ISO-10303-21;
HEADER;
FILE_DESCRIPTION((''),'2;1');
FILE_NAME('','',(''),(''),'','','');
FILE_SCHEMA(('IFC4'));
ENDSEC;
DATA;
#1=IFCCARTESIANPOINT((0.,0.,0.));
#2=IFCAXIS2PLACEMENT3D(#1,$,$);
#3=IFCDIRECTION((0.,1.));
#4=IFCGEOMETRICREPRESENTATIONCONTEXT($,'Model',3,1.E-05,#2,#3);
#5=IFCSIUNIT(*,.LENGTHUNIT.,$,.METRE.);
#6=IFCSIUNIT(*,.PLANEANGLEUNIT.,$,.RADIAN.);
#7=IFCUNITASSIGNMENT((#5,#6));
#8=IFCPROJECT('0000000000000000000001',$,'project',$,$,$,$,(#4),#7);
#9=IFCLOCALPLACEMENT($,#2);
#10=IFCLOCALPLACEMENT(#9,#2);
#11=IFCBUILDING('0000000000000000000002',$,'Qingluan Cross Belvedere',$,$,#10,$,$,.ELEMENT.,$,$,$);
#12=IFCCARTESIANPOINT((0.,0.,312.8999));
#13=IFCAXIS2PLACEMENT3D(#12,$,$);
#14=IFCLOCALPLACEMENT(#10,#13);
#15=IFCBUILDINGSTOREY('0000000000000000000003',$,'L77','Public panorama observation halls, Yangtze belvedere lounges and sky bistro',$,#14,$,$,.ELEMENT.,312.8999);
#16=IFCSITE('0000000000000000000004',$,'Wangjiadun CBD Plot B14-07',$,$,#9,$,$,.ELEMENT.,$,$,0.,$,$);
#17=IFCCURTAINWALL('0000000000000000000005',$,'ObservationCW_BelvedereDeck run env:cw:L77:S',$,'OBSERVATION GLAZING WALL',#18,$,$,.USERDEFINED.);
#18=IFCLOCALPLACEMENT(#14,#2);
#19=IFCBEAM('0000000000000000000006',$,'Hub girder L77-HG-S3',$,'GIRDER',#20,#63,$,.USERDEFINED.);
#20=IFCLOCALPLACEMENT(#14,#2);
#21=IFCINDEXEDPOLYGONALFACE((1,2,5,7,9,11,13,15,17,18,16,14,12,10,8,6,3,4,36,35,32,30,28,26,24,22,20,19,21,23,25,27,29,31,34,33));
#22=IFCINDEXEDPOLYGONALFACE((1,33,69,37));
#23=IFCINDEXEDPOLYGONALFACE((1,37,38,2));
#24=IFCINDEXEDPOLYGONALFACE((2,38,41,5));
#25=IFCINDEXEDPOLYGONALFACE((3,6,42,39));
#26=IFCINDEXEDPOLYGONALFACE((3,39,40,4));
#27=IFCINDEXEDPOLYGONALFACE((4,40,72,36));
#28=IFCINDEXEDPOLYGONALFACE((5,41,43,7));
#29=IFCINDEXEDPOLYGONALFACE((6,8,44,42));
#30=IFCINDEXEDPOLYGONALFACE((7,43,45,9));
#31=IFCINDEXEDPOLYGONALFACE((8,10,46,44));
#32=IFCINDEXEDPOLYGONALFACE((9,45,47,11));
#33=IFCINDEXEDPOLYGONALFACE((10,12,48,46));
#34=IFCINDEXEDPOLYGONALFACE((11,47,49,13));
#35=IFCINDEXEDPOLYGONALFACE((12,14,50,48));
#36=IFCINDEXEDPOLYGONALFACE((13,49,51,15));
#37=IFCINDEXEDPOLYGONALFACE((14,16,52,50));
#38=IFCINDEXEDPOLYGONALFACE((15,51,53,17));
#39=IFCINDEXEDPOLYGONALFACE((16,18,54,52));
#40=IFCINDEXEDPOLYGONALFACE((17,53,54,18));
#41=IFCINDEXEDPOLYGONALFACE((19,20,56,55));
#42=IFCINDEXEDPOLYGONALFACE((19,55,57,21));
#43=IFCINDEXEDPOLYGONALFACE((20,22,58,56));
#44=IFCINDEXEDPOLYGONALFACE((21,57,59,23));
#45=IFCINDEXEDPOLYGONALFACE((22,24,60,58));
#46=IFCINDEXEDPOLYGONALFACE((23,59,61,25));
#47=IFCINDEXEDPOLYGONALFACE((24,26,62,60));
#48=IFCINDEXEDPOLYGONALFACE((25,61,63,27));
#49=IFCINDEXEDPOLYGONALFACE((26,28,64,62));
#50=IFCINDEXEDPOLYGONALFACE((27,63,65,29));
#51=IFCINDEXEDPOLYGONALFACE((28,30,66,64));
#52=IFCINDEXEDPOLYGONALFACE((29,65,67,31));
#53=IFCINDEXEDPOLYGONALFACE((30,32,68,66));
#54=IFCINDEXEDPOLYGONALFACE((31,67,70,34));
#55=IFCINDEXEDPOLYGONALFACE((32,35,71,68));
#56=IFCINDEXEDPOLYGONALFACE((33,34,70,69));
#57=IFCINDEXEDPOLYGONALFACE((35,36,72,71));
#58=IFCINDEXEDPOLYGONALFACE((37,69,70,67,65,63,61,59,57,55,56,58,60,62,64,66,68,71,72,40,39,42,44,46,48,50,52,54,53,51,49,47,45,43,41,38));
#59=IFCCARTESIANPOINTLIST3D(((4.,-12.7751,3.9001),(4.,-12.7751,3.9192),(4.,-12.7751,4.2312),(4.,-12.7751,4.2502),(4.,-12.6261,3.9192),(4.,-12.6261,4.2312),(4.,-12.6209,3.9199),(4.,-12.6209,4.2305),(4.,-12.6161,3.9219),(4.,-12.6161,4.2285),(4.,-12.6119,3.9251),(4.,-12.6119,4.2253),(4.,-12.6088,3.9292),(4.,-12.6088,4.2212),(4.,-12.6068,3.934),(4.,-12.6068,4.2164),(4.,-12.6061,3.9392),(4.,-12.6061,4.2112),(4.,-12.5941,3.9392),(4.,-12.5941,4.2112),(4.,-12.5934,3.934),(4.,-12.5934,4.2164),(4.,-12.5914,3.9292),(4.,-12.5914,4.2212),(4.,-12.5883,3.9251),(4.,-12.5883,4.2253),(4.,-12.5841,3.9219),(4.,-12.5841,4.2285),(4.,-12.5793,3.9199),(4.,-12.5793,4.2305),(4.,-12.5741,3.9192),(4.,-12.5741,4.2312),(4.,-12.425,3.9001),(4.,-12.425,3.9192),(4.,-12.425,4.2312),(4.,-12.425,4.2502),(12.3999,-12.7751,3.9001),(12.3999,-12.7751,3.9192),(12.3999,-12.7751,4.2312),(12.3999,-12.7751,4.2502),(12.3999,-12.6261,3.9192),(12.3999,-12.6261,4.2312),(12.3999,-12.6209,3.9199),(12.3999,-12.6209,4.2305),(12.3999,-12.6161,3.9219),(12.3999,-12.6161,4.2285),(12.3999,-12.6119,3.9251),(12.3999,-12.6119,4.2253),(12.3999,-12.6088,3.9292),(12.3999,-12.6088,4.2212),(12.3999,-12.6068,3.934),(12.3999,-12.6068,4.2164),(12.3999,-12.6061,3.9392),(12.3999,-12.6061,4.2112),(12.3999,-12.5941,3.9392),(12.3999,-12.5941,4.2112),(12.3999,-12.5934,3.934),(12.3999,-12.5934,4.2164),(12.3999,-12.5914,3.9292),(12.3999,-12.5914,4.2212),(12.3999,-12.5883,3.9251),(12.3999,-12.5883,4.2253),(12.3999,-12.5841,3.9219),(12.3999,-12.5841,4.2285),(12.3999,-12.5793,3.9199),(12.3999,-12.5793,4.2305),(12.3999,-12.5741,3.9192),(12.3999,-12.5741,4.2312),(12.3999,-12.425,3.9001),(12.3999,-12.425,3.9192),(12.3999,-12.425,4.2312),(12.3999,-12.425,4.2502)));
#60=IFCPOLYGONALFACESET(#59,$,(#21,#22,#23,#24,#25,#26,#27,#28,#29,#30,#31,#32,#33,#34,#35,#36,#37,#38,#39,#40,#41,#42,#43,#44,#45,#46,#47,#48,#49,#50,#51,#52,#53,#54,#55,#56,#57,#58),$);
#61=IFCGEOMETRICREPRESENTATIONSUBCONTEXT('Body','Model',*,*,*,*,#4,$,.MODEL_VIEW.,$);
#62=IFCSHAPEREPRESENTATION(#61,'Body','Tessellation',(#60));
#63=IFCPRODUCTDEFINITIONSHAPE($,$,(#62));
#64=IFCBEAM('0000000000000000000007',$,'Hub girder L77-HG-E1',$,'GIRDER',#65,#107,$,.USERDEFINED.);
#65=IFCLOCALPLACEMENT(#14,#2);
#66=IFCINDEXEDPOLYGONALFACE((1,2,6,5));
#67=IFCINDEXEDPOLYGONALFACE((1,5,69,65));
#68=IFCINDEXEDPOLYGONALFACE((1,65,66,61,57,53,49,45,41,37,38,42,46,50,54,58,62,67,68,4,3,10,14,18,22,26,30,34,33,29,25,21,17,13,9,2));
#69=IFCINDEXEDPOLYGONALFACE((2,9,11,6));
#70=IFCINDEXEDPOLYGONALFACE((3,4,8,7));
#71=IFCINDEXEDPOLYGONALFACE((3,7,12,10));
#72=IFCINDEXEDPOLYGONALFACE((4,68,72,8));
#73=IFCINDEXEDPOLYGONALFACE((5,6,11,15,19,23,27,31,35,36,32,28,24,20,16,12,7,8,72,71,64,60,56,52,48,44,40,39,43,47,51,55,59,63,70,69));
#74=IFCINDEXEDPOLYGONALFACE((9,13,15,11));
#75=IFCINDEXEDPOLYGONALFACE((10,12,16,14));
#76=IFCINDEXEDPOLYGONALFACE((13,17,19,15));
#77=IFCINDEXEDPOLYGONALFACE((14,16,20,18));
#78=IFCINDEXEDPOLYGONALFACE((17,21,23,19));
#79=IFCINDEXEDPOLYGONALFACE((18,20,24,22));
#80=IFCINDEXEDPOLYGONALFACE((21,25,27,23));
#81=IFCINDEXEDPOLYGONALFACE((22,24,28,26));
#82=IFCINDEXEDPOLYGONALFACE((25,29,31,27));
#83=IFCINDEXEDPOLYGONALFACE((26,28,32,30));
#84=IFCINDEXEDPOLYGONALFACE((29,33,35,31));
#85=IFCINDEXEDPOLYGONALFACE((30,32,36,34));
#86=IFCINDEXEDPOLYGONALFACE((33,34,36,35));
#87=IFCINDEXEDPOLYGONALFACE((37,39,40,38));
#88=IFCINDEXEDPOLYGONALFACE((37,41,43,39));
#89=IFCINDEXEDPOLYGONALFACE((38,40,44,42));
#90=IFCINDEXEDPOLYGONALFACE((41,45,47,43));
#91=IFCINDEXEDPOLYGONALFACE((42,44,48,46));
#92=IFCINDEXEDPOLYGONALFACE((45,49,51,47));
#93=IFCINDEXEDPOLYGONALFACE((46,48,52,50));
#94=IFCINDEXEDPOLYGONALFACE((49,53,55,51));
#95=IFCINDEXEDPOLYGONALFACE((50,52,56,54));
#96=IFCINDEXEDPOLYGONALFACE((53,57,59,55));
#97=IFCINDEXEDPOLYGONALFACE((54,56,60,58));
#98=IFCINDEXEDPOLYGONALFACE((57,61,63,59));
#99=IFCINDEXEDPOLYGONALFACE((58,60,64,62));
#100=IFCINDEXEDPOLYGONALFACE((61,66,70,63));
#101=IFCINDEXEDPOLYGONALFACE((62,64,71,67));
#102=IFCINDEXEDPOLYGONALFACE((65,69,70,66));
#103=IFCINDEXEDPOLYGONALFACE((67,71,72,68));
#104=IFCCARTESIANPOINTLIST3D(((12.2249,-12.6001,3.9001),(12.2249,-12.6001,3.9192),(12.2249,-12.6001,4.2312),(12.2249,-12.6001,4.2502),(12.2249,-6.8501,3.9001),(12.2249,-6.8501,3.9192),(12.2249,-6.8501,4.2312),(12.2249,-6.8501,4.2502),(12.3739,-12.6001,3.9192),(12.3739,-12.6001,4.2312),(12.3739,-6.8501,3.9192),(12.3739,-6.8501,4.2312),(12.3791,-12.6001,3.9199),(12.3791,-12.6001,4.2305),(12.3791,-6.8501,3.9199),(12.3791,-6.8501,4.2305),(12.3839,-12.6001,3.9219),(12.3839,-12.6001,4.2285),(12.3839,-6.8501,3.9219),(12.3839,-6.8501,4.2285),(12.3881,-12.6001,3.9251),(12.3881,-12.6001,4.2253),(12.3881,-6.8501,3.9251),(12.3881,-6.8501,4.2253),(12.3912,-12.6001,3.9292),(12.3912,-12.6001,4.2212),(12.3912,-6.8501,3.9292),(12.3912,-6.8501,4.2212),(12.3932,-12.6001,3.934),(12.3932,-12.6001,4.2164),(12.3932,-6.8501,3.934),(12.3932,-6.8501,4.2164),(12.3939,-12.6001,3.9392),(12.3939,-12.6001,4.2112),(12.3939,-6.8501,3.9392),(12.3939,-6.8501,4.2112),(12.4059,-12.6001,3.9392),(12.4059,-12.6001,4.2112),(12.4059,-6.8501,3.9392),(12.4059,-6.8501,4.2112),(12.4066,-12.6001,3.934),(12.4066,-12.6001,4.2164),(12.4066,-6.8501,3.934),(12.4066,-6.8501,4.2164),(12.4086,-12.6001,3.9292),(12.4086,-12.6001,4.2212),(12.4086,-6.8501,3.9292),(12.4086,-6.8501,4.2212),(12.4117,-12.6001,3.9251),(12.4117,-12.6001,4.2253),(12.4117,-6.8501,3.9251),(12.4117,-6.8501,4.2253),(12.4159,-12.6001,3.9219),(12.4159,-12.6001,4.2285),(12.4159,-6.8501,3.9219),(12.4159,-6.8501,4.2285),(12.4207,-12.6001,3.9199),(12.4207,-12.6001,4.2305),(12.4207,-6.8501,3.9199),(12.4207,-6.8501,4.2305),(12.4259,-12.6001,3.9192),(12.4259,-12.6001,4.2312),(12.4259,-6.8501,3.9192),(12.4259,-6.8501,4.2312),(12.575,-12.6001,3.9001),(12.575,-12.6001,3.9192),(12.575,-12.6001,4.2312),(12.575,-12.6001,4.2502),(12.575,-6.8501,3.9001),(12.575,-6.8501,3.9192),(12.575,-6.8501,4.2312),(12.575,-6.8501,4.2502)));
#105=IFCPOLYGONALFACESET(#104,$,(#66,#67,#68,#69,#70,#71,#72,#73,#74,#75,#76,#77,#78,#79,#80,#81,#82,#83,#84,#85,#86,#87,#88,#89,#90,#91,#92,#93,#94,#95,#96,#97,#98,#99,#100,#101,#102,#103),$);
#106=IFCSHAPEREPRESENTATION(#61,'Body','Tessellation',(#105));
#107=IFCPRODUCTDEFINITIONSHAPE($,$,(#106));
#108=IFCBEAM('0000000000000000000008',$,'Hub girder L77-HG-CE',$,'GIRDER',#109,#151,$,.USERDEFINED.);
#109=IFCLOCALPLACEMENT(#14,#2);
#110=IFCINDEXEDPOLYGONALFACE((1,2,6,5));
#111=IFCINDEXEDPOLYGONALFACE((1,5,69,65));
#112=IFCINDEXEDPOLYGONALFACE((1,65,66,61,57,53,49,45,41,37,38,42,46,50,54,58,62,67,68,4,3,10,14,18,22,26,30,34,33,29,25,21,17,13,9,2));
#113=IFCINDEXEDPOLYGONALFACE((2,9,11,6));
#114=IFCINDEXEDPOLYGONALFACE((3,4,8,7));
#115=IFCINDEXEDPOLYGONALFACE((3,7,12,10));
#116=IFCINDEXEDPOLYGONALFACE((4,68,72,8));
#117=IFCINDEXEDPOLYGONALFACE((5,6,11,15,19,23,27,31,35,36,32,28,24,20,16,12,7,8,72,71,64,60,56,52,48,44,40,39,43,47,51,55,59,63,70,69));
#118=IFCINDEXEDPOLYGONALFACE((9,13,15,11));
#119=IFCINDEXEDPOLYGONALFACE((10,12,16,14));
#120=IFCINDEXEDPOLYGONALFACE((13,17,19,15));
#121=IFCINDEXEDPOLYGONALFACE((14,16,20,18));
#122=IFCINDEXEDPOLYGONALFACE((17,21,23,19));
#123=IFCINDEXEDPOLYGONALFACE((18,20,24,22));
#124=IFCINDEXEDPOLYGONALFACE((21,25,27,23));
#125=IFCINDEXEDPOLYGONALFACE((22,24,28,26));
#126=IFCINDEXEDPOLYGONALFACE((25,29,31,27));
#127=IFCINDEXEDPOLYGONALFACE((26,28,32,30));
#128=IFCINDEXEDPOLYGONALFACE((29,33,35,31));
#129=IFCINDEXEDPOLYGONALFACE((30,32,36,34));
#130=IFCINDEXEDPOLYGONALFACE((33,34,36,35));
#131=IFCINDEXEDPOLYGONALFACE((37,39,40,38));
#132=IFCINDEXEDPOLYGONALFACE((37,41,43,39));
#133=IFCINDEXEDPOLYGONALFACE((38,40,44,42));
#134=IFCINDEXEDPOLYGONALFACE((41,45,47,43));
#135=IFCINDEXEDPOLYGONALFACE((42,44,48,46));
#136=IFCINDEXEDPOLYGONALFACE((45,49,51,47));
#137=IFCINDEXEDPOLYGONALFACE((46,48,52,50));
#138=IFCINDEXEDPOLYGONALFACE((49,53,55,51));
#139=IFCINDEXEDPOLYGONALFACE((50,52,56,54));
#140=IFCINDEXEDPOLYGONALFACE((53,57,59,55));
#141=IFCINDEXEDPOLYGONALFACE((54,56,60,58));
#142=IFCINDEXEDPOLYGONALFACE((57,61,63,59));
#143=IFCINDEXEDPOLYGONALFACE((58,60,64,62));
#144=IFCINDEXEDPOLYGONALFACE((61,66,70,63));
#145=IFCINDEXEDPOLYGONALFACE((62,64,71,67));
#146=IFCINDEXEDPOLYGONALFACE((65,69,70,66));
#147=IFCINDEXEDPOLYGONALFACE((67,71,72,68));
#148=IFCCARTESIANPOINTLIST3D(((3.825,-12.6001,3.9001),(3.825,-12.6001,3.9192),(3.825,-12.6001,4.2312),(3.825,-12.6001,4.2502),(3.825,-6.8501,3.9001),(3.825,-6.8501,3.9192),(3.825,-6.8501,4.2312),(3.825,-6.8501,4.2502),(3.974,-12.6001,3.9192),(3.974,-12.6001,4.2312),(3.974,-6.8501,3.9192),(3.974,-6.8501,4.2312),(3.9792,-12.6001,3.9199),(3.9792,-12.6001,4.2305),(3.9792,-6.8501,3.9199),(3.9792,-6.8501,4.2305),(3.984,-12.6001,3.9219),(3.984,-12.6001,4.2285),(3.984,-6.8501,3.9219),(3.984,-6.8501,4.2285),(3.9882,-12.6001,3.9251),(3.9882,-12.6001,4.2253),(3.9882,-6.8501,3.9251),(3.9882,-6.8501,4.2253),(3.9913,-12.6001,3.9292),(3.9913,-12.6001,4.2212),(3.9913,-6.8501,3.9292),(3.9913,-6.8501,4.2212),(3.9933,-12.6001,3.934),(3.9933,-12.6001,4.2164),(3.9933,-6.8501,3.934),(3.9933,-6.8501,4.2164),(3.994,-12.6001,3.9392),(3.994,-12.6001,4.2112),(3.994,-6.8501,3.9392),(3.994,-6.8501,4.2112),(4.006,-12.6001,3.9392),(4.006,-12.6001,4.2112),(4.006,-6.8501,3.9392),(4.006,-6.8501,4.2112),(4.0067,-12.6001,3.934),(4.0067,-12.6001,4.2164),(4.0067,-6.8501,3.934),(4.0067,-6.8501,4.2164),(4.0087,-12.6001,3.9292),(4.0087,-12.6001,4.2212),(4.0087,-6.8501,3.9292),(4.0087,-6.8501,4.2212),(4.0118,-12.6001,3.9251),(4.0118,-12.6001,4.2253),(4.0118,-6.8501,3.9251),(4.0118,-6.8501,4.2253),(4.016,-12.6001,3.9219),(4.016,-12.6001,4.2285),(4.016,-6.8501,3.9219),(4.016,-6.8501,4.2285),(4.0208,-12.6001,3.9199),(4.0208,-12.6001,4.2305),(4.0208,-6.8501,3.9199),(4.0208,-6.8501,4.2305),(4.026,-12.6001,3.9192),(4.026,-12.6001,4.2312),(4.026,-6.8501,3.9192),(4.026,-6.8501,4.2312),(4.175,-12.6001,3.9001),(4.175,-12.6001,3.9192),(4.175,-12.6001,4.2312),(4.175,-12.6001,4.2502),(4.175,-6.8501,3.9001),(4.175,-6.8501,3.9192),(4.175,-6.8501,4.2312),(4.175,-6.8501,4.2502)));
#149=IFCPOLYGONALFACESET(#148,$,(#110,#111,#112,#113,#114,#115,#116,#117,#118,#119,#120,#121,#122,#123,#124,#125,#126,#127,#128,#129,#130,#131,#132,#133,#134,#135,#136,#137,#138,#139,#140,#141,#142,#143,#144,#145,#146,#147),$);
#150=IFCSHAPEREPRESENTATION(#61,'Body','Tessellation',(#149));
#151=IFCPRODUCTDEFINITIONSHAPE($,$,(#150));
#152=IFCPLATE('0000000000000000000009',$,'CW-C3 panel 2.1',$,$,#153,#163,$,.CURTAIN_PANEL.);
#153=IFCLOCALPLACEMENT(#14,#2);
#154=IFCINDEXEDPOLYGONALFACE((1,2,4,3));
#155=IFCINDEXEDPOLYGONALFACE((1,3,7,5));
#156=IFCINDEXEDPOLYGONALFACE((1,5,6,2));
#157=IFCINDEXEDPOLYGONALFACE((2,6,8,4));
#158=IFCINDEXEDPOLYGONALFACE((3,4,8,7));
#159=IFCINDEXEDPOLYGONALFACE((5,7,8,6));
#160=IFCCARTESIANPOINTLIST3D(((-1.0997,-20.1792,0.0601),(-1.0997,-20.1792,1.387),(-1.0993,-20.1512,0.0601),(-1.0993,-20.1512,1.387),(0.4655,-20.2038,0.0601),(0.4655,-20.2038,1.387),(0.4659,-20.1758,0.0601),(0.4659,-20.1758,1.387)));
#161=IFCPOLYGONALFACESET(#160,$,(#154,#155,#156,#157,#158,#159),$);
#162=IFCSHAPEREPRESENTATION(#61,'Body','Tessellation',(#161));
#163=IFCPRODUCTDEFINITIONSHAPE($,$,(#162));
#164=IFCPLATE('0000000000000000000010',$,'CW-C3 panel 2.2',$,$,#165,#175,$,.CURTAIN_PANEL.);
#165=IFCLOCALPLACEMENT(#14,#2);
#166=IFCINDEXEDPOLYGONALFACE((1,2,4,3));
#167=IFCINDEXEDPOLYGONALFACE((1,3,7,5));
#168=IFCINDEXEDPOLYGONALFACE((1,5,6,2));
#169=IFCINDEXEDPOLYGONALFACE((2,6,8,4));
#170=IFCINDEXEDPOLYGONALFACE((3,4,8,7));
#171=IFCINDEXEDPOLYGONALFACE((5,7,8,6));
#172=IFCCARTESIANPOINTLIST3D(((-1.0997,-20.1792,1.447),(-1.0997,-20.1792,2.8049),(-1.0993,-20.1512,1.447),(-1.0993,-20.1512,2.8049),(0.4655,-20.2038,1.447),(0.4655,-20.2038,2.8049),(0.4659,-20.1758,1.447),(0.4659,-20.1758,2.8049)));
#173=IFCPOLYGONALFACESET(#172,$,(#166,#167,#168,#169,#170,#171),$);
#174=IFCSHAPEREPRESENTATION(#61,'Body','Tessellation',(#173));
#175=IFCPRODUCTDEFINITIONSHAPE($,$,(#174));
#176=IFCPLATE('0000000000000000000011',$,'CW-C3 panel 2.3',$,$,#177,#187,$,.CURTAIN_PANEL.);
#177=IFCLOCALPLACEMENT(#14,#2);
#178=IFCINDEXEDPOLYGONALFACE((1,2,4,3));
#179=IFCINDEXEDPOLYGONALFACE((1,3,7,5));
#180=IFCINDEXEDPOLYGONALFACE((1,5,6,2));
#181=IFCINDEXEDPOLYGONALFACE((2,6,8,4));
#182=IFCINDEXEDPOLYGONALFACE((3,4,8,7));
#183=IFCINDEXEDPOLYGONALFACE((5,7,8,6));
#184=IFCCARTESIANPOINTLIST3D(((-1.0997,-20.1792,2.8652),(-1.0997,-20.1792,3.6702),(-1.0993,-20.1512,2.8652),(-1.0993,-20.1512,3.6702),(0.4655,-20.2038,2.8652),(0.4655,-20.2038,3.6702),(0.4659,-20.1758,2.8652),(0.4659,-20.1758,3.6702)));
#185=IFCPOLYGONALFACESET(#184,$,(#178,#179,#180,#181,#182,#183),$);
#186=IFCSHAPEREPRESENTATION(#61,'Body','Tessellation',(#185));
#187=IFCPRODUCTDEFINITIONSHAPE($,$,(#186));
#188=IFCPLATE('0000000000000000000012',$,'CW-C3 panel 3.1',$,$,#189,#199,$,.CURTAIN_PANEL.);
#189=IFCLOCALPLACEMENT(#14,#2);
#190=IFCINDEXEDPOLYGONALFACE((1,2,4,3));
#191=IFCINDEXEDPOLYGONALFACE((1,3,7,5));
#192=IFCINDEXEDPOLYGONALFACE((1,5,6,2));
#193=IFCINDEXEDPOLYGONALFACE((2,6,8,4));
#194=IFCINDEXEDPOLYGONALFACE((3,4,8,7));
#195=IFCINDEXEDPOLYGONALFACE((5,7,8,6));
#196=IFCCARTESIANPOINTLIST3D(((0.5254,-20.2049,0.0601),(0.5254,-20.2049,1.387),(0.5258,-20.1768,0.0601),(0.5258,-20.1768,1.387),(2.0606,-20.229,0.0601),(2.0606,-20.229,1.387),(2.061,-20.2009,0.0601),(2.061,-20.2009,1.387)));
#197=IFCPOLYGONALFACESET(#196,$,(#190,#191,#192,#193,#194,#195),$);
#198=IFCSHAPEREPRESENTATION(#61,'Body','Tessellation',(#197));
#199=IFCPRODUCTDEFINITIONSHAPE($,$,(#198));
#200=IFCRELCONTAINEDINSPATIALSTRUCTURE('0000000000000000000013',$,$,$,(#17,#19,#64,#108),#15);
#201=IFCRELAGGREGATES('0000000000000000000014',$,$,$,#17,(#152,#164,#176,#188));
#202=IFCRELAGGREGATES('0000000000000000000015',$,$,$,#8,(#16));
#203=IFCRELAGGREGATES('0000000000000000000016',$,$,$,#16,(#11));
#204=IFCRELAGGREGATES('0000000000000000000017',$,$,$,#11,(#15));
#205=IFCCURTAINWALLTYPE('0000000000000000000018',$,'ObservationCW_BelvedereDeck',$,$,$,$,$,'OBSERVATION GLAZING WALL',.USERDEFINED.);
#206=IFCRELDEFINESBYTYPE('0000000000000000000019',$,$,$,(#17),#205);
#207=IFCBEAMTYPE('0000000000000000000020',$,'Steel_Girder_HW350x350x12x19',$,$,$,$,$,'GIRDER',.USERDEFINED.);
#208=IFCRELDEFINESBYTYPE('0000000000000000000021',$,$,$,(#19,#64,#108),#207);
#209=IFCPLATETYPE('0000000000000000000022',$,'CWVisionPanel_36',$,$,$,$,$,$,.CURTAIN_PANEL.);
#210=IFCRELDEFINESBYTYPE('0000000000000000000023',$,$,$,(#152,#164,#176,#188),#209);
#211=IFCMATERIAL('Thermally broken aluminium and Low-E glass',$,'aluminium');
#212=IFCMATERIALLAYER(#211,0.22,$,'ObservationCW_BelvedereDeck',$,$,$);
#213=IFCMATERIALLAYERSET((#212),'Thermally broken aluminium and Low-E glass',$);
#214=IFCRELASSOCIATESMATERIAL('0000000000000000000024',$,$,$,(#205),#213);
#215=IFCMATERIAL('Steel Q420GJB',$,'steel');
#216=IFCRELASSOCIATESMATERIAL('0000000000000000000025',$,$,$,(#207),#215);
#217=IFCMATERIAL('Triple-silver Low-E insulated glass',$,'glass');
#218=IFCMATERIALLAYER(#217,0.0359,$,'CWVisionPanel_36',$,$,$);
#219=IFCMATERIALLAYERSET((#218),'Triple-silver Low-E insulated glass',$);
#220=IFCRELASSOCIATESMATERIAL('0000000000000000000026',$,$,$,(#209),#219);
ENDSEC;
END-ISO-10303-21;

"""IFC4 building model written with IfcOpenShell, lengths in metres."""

from ifc_helpers import new_model, si_unit, direction, frame, origin, origin_2d, place, context, subcontext, project, spatial, rectangle, i_section, extrude, material, layer, layer_set, material_profile, profile_set, type_object, element, aggregate, save


model = new_model("IFC4")

# Units and contexts
model_context = context("Model", 3, precision=1e-05, world=origin(), true_north=direction((0.0, 1.0)))
body_context = subcontext(model_context, "Body", "Model", "MODEL_VIEW")
ifc_project = project(units=[si_unit("LENGTHUNIT", "METRE"), si_unit("PLANEANGLEUNIT", "RADIAN")], contexts=[model_context])

# Site, building, storey
site_placement = place(None, origin())
site = spatial("IfcSite", under=ifc_project, at=site_placement, Name="Wangjiadun CBD Plot B14-07", CompositionType="ELEMENT", RefElevation=0.0)
building_placement = place(site_placement, origin())
building = spatial("IfcBuilding", under=site, at=building_placement, Name="Qingluan Cross Belvedere", CompositionType="ELEMENT")
storey_placement = place(building_placement, frame((0.0, 0.0, 312.8999)))
storey = spatial("IfcBuildingStorey", under=building, at=storey_placement, Name="L77", Description="Public panorama observation halls, Yangtze belvedere lounges and sky bistro", CompositionType="ELEMENT", Elevation=312.8999)

# Curtain wall
ifc_material_1 = material(Name="Thermally broken aluminium and Low-E glass", Category="aluminium")
ifc_layer_1 = layer(ifc_material_1, 0.22, Name="ObservationCW_BelvedereDeck")
ifc_layer_set_1 = layer_set([ifc_layer_1], Name="Thermally broken aluminium and Low-E glass")
curtain_wall_type = type_object("IfcCurtainWallType", Name="ObservationCW_BelvedereDeck", ElementType="OBSERVATION GLAZING WALL", PredefinedType="USERDEFINED", material=ifc_layer_set_1)
curtain_wall_placement = place(storey_placement, origin())
curtain_wall = element("IfcCurtainWall", 1, at=curtain_wall_placement, inside=storey, type_object=curtain_wall_type, Name="ObservationCW_BelvedereDeck run env:cw:L77:S", ObjectType="OBSERVATION GLAZING WALL", PredefinedType="USERDEFINED")

# Beams
ifc_material_2 = material(Name="Steel Q420GJB", Category="steel")
ifc_material_profile_1 = material_profile(ifc_material_2, i_section(OverallWidth=0.3501, OverallDepth=0.3501, WebThickness=0.012, FlangeThickness=0.019, FilletRadius=0.02, at=origin_2d()), Name="HW350x350x12x19")
ifc_profile_set_1 = profile_set([ifc_material_profile_1], Name="Steel Q420GJB")
beam_type_1 = type_object("IfcBeamType", Name="Steel_Girder_HW350x350x12x19", ElementType="GIRDER", PredefinedType="USERDEFINED", material=ifc_profile_set_1)
beam_placement = place(storey_placement, frame((4.0, -12.6001, 4.0752), z_axis=(1.0, 0.0, 0.0), x_axis=(0.0, 1.0, 0.0)))
element("IfcBeam", 2, at=beam_placement, inside=storey, type_object=beam_type_1, Name="Hub girder L77-HG-S3", ObjectType="GIRDER", PredefinedType="USERDEFINED", context=body_context, shape_type="SweptSolid", body=[
    extrude(i_section(OverallWidth=0.3501, OverallDepth=0.3501, WebThickness=0.012, FlangeThickness=0.019, FilletRadius=0.02, at=origin_2d()), origin(), (0.0, 0.0, 1.0), 8.3999),
])
for number, where, z_axis, x_axis, name in (
    (3, (12.3999, -12.6001, 4.0752), (0.0, 1.0, 0.0), (-1.0, 0.0, 0.0), "Hub girder L77-HG-E1"),
    (4, (4.0, -12.6001, 4.0752), (0.0, 1.0, 0.0), (-1.0, 0.0, 0.0), "Hub girder L77-HG-CE"),
):
    element("IfcBeam", number, at=place(storey_placement, frame(where, z_axis=z_axis, x_axis=x_axis)), inside=storey, type_object=beam_type_1, Name=name, ObjectType="GIRDER", PredefinedType="USERDEFINED", context=body_context, shape_type="SweptSolid", body=[
        extrude(i_section(OverallWidth=0.3501, OverallDepth=0.3501, WebThickness=0.012, FlangeThickness=0.019, FilletRadius=0.02, at=origin_2d()), origin(), (0.0, 0.0, 1.0), 5.75),
    ])

# Plates
ifc_material_3 = material(Name="Triple-silver Low-E insulated glass", Category="glass")
ifc_layer_2 = layer(ifc_material_3, 0.0359, Name="CWVisionPanel_36")
ifc_layer_set_2 = layer_set([ifc_layer_2], Name="Triple-silver Low-E insulated glass")
plate_type = type_object("IfcPlateType", Name="CWVisionPanel_36", PredefinedType="CURTAIN_PANEL", material=ifc_layer_set_2)
plate_1_placement = place(storey_placement, frame((-0.3169, -20.1775, 0.0601), z_axis=(0.0, 0.0, 1.0), x_axis=(0.999877, -0.01571, 0.0)))
plate_1 = element("IfcPlate", 5, at=plate_1_placement, type_object=plate_type, Name="CW-C3 panel 2.1", PredefinedType="CURTAIN_PANEL", context=body_context, shape_type="SweptSolid", body=[
    extrude(rectangle(XDim=1.5654, YDim=0.0281, at=origin_2d()), origin(), (0.0, 0.0, 1.0), 1.3269),
])
plate_2_placement = place(storey_placement, frame((-0.3169, -20.1775, 1.447), z_axis=(0.0, 0.0, 1.0), x_axis=(0.999877, -0.01571, 0.0)))
plate_2 = element("IfcPlate", 6, at=plate_2_placement, type_object=plate_type, Name="CW-C3 panel 2.2", PredefinedType="CURTAIN_PANEL", context=body_context, shape_type="SweptSolid", body=[
    extrude(rectangle(XDim=1.5654, YDim=0.0281, at=origin_2d()), origin(), (0.0, 0.0, 1.0), 1.3579),
])
plate_3_placement = place(storey_placement, frame((-0.3169, -20.1775, 2.8652), z_axis=(0.0, 0.0, 1.0), x_axis=(0.999877, -0.01571, 0.0)))
plate_3 = element("IfcPlate", 7, at=plate_3_placement, type_object=plate_type, Name="CW-C3 panel 2.3", PredefinedType="CURTAIN_PANEL", context=body_context, shape_type="SweptSolid", body=[
    extrude(rectangle(XDim=1.5654, YDim=0.0281, at=origin_2d()), origin(), (0.0, 0.0, 1.0), 0.8049),
])
plate_4_placement = place(storey_placement, frame((1.2932, -20.2029, 0.0601), z_axis=(0.0, 0.0, 1.0), x_axis=(0.999877, -0.01571, 0.0)))
plate_4 = element("IfcPlate", 8, at=plate_4_placement, type_object=plate_type, Name="CW-C3 panel 3.1", PredefinedType="CURTAIN_PANEL", context=body_context, shape_type="SweptSolid", body=[
    extrude(rectangle(XDim=1.5354, YDim=0.0281, at=origin_2d()), origin(), (0.0, 0.0, 1.0), 1.3269),
])
aggregate(curtain_wall, [plate_1, plate_2, plate_3, plate_4])

save(model, "model.ifc")
